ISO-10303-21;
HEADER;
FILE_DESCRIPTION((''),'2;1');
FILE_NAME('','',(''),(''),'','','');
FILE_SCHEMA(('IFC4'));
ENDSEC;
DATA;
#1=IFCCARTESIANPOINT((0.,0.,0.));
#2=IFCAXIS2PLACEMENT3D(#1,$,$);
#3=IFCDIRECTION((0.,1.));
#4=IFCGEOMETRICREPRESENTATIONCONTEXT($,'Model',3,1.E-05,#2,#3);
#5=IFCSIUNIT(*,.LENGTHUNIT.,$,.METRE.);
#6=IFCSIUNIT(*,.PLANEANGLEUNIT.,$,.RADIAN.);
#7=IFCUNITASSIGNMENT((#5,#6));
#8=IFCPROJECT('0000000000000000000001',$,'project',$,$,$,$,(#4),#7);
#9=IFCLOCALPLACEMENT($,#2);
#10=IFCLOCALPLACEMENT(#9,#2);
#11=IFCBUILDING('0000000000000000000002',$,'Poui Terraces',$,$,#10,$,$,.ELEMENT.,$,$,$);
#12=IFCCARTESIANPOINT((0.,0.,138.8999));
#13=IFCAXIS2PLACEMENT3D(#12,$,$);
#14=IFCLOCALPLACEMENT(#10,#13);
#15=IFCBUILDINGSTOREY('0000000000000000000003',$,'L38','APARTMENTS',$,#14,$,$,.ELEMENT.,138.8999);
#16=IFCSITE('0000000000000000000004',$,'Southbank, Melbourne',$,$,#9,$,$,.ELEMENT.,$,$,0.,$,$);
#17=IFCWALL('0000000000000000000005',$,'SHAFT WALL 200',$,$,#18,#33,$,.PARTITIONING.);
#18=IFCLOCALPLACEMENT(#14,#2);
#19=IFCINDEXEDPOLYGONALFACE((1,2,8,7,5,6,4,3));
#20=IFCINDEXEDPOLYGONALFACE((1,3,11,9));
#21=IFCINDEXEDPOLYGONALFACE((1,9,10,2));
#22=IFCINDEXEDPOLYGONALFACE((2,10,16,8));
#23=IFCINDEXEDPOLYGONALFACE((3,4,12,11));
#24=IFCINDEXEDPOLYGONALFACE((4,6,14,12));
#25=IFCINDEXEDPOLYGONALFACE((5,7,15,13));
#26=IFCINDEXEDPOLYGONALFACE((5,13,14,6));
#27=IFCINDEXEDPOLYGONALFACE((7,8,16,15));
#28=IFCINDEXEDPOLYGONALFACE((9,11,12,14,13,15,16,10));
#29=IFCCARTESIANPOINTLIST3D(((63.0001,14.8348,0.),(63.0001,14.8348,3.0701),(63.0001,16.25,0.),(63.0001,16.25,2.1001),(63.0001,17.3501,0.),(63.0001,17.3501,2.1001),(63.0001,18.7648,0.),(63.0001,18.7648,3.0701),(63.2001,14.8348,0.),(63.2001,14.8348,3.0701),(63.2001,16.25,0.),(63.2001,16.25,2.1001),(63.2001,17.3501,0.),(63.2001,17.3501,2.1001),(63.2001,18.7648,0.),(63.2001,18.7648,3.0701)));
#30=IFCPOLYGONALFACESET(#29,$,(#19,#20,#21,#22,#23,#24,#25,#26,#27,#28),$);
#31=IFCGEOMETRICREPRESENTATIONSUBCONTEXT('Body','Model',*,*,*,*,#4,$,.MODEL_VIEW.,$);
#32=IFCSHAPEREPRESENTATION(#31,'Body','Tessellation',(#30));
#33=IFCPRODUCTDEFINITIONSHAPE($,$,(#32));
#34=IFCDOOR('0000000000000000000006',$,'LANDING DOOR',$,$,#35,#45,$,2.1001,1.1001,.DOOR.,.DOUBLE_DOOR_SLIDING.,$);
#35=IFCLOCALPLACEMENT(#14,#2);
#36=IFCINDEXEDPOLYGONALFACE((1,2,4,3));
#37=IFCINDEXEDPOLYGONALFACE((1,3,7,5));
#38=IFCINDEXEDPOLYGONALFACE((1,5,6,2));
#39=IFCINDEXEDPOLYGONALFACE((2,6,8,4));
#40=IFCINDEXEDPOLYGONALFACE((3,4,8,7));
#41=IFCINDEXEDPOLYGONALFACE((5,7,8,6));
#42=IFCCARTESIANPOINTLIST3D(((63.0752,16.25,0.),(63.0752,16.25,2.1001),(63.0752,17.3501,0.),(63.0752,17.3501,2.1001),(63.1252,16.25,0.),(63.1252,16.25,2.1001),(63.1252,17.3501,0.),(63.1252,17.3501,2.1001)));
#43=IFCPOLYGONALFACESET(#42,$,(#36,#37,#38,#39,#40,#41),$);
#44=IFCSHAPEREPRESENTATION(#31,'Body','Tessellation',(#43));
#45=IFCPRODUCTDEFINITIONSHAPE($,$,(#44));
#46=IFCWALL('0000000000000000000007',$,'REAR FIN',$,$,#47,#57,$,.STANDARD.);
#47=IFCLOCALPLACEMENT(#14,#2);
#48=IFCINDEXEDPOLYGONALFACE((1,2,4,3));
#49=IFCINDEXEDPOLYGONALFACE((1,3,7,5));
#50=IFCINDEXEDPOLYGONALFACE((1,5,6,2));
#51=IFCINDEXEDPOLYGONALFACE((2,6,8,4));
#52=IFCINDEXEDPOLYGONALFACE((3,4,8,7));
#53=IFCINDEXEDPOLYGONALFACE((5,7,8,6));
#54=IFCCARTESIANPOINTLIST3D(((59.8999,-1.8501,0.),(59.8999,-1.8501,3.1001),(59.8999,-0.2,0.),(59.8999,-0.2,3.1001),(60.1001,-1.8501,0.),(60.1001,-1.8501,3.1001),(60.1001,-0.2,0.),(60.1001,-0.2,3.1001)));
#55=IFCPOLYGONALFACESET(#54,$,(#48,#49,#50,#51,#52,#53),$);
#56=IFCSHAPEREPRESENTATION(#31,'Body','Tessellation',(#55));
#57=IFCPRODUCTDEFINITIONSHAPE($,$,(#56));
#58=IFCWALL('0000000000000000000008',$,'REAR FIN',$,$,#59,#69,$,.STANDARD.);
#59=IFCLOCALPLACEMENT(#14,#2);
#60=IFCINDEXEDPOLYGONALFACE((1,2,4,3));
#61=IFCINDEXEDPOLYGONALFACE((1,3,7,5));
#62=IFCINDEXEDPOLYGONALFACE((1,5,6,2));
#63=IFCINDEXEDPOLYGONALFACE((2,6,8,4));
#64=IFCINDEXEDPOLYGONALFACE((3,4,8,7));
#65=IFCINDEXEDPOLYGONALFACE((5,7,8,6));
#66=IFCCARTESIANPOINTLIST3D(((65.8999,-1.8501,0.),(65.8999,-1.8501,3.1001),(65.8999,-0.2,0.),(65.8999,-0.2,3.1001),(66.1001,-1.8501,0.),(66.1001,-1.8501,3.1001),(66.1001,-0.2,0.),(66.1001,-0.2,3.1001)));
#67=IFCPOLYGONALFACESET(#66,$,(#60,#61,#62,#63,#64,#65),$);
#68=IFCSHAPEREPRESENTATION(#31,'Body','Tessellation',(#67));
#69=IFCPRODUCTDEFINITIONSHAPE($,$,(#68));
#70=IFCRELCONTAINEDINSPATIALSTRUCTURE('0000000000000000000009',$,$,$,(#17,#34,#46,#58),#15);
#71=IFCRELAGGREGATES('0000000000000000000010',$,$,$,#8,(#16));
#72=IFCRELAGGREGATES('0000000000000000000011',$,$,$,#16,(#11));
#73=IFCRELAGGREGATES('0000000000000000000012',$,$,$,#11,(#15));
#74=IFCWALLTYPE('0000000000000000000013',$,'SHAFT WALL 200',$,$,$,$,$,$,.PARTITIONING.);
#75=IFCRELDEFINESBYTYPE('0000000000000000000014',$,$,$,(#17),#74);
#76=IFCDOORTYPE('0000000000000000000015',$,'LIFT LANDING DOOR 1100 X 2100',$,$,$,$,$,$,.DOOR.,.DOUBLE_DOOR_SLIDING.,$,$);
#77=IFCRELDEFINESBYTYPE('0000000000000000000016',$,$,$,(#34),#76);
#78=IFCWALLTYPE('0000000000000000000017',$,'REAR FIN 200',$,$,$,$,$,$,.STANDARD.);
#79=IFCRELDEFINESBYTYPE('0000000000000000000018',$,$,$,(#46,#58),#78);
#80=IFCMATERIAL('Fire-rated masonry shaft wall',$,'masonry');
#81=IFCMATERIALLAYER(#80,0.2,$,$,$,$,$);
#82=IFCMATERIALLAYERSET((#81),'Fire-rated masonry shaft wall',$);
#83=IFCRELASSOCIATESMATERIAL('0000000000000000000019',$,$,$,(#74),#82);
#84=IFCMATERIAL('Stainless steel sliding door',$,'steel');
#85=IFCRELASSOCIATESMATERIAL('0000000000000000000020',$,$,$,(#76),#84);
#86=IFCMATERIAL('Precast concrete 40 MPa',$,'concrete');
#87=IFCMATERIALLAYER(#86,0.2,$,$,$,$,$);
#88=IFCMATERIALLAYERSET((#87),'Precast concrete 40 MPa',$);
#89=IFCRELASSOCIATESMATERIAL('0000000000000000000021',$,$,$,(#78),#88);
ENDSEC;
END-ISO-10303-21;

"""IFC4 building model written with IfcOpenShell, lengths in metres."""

from ifc_helpers import new_model, si_unit, direction, frame, frame_2d, origin, place, context, subcontext, project, spatial, polyline, rectangle, outline, extrude, source, transform, mapped, material, layer, layer_set, type_object, element, fill, save


model = new_model("IFC4")

# Units and contexts
model_context = context("Model", 3, precision=1e-05, world=origin(), true_north=direction((0.0, 1.0)))
body_context = subcontext(model_context, "Body", "Model", "MODEL_VIEW")
ifc_project = project(units=[si_unit("LENGTHUNIT", "METRE"), si_unit("PLANEANGLEUNIT", "RADIAN")], contexts=[model_context])

# Site, building, storey
site_placement = place(None, origin())
site = spatial("IfcSite", under=ifc_project, at=site_placement, Name="Southbank, Melbourne", CompositionType="ELEMENT", RefElevation=0.0)
building_placement = place(site_placement, origin())
building = spatial("IfcBuilding", under=site, at=building_placement, Name="Poui Terraces", CompositionType="ELEMENT")
storey_placement = place(building_placement, frame((0.0, 0.0, 138.8999)))
storey = spatial("IfcBuildingStorey", under=building, at=storey_placement, Name="L38", Description="APARTMENTS", CompositionType="ELEMENT", Elevation=138.8999)

# Shared definitions
ifc_material_1 = material(Name="Precast concrete 40 MPa", Category="concrete")

# Shared definitions
ifc_material_2 = material(Name="Fire-rated masonry shaft wall", Category="masonry")
ifc_layer_1 = layer(ifc_material_2, 0.2)
ifc_layer_set_1 = layer_set([ifc_layer_1], Name="Fire-rated masonry shaft wall")
wall_type_1 = type_object("IfcWallType", Name="SHAFT WALL 200", PredefinedType="PARTITIONING", material=ifc_layer_set_1)

# Wall, opening, door
wall_1_placement = place(storey_placement, frame((63.1001, 14.835, 0.0), z_axis=(0.0, 0.0, 1.0), x_axis=(0.0, 1.0, 0.0)))
wall_1 = element("IfcWall", 1, at=wall_1_placement, inside=storey, type_object=wall_type_1, Name="SHAFT WALL 200", PredefinedType="PARTITIONING", context=body_context, shape_type="SweptSolid", body=[
    extrude(rectangle(XDim=3.9299, YDim=0.2, at=frame_2d((1.9648, 0.0))), origin(), (0.0, 0.0, 1.0), 3.0701),
])
opening_1_placement = place(wall_1_placement, frame((1.415, 0.0, 0.0)))
opening_1 = element("IfcOpeningElement", 2, at=opening_1_placement, cuts=wall_1, PredefinedType="OPENING", context=body_context, shape_type="SweptSolid", body=[
    extrude(rectangle(XDim=1.1001, YDim=2.1001, at=frame_2d((0.55, 1.05))), frame((0.0, 0.1099, 0.0), z_axis=(0.0, -1.0, 0.0), x_axis=(1.0, 0.0, 0.0)), (0.0, 0.0, 1.0), 0.22),
])
ifc_material_3 = material(Name="Stainless steel sliding door", Category="steel")
door_type_1 = type_object("IfcDoorType", Name="LIFT LANDING DOOR 1100 X 2100", OperationType="DOUBLE_DOOR_SLIDING", PredefinedType="DOOR", material=ifc_material_3)
door_1_placement = place(opening_1_placement, origin())
door_1 = element("IfcDoor", 3, at=door_1_placement, inside=storey, type_object=door_type_1, Name="LANDING DOOR", OperationType="DOUBLE_DOOR_SLIDING", OverallHeight=2.1001, OverallWidth=1.1001, PredefinedType="DOOR", context=body_context, shape_type="SweptSolid", body=[
    extrude(rectangle(XDim=1.1001, YDim=2.1001, at=frame_2d((0.55, 1.05))), frame((0.0, 0.0249, 0.0), z_axis=(0.0, -1.0, 0.0), x_axis=(1.0, 0.0, 0.0)), (0.0, 0.0, 1.0), 0.05),
])
fill(opening_1, door_1)

# Walls
ifc_layer_2 = layer(ifc_material_1, 0.2)
ifc_layer_set_2 = layer_set([ifc_layer_2], Name="Precast concrete 40 MPa")
wall_type_2 = type_object("IfcWallType", Name="REAR FIN 200", PredefinedType="STANDARD", material=ifc_layer_set_2)
shared_shape_1 = source(origin(), body_context, "Body", "SweptSolid", [
    extrude(outline(polyline([(0.0, 0.0), (0.2002, 0.0), (0.2002, 1.6501), (0.0, 1.6501), (0.0, 0.0)])), origin(), (0.0, 0.0, 1.0), 3.1001),
])
for number, where, name in (
    (4, (59.8999, -1.8501, 0.0), "REAR FIN"),
    (5, (65.8999, -1.8501, 0.0), "REAR FIN"),
):
    element("IfcWall", number, at=place(storey_placement, frame(where)), inside=storey, type_object=wall_type_2, Name=name, PredefinedType="STANDARD", context=body_context, shape_type="MappedRepresentation", body=[
        mapped(shared_shape_1, transform((0.0, 0.0, 0.0))),
    ])

save(model, "model.ifc")
